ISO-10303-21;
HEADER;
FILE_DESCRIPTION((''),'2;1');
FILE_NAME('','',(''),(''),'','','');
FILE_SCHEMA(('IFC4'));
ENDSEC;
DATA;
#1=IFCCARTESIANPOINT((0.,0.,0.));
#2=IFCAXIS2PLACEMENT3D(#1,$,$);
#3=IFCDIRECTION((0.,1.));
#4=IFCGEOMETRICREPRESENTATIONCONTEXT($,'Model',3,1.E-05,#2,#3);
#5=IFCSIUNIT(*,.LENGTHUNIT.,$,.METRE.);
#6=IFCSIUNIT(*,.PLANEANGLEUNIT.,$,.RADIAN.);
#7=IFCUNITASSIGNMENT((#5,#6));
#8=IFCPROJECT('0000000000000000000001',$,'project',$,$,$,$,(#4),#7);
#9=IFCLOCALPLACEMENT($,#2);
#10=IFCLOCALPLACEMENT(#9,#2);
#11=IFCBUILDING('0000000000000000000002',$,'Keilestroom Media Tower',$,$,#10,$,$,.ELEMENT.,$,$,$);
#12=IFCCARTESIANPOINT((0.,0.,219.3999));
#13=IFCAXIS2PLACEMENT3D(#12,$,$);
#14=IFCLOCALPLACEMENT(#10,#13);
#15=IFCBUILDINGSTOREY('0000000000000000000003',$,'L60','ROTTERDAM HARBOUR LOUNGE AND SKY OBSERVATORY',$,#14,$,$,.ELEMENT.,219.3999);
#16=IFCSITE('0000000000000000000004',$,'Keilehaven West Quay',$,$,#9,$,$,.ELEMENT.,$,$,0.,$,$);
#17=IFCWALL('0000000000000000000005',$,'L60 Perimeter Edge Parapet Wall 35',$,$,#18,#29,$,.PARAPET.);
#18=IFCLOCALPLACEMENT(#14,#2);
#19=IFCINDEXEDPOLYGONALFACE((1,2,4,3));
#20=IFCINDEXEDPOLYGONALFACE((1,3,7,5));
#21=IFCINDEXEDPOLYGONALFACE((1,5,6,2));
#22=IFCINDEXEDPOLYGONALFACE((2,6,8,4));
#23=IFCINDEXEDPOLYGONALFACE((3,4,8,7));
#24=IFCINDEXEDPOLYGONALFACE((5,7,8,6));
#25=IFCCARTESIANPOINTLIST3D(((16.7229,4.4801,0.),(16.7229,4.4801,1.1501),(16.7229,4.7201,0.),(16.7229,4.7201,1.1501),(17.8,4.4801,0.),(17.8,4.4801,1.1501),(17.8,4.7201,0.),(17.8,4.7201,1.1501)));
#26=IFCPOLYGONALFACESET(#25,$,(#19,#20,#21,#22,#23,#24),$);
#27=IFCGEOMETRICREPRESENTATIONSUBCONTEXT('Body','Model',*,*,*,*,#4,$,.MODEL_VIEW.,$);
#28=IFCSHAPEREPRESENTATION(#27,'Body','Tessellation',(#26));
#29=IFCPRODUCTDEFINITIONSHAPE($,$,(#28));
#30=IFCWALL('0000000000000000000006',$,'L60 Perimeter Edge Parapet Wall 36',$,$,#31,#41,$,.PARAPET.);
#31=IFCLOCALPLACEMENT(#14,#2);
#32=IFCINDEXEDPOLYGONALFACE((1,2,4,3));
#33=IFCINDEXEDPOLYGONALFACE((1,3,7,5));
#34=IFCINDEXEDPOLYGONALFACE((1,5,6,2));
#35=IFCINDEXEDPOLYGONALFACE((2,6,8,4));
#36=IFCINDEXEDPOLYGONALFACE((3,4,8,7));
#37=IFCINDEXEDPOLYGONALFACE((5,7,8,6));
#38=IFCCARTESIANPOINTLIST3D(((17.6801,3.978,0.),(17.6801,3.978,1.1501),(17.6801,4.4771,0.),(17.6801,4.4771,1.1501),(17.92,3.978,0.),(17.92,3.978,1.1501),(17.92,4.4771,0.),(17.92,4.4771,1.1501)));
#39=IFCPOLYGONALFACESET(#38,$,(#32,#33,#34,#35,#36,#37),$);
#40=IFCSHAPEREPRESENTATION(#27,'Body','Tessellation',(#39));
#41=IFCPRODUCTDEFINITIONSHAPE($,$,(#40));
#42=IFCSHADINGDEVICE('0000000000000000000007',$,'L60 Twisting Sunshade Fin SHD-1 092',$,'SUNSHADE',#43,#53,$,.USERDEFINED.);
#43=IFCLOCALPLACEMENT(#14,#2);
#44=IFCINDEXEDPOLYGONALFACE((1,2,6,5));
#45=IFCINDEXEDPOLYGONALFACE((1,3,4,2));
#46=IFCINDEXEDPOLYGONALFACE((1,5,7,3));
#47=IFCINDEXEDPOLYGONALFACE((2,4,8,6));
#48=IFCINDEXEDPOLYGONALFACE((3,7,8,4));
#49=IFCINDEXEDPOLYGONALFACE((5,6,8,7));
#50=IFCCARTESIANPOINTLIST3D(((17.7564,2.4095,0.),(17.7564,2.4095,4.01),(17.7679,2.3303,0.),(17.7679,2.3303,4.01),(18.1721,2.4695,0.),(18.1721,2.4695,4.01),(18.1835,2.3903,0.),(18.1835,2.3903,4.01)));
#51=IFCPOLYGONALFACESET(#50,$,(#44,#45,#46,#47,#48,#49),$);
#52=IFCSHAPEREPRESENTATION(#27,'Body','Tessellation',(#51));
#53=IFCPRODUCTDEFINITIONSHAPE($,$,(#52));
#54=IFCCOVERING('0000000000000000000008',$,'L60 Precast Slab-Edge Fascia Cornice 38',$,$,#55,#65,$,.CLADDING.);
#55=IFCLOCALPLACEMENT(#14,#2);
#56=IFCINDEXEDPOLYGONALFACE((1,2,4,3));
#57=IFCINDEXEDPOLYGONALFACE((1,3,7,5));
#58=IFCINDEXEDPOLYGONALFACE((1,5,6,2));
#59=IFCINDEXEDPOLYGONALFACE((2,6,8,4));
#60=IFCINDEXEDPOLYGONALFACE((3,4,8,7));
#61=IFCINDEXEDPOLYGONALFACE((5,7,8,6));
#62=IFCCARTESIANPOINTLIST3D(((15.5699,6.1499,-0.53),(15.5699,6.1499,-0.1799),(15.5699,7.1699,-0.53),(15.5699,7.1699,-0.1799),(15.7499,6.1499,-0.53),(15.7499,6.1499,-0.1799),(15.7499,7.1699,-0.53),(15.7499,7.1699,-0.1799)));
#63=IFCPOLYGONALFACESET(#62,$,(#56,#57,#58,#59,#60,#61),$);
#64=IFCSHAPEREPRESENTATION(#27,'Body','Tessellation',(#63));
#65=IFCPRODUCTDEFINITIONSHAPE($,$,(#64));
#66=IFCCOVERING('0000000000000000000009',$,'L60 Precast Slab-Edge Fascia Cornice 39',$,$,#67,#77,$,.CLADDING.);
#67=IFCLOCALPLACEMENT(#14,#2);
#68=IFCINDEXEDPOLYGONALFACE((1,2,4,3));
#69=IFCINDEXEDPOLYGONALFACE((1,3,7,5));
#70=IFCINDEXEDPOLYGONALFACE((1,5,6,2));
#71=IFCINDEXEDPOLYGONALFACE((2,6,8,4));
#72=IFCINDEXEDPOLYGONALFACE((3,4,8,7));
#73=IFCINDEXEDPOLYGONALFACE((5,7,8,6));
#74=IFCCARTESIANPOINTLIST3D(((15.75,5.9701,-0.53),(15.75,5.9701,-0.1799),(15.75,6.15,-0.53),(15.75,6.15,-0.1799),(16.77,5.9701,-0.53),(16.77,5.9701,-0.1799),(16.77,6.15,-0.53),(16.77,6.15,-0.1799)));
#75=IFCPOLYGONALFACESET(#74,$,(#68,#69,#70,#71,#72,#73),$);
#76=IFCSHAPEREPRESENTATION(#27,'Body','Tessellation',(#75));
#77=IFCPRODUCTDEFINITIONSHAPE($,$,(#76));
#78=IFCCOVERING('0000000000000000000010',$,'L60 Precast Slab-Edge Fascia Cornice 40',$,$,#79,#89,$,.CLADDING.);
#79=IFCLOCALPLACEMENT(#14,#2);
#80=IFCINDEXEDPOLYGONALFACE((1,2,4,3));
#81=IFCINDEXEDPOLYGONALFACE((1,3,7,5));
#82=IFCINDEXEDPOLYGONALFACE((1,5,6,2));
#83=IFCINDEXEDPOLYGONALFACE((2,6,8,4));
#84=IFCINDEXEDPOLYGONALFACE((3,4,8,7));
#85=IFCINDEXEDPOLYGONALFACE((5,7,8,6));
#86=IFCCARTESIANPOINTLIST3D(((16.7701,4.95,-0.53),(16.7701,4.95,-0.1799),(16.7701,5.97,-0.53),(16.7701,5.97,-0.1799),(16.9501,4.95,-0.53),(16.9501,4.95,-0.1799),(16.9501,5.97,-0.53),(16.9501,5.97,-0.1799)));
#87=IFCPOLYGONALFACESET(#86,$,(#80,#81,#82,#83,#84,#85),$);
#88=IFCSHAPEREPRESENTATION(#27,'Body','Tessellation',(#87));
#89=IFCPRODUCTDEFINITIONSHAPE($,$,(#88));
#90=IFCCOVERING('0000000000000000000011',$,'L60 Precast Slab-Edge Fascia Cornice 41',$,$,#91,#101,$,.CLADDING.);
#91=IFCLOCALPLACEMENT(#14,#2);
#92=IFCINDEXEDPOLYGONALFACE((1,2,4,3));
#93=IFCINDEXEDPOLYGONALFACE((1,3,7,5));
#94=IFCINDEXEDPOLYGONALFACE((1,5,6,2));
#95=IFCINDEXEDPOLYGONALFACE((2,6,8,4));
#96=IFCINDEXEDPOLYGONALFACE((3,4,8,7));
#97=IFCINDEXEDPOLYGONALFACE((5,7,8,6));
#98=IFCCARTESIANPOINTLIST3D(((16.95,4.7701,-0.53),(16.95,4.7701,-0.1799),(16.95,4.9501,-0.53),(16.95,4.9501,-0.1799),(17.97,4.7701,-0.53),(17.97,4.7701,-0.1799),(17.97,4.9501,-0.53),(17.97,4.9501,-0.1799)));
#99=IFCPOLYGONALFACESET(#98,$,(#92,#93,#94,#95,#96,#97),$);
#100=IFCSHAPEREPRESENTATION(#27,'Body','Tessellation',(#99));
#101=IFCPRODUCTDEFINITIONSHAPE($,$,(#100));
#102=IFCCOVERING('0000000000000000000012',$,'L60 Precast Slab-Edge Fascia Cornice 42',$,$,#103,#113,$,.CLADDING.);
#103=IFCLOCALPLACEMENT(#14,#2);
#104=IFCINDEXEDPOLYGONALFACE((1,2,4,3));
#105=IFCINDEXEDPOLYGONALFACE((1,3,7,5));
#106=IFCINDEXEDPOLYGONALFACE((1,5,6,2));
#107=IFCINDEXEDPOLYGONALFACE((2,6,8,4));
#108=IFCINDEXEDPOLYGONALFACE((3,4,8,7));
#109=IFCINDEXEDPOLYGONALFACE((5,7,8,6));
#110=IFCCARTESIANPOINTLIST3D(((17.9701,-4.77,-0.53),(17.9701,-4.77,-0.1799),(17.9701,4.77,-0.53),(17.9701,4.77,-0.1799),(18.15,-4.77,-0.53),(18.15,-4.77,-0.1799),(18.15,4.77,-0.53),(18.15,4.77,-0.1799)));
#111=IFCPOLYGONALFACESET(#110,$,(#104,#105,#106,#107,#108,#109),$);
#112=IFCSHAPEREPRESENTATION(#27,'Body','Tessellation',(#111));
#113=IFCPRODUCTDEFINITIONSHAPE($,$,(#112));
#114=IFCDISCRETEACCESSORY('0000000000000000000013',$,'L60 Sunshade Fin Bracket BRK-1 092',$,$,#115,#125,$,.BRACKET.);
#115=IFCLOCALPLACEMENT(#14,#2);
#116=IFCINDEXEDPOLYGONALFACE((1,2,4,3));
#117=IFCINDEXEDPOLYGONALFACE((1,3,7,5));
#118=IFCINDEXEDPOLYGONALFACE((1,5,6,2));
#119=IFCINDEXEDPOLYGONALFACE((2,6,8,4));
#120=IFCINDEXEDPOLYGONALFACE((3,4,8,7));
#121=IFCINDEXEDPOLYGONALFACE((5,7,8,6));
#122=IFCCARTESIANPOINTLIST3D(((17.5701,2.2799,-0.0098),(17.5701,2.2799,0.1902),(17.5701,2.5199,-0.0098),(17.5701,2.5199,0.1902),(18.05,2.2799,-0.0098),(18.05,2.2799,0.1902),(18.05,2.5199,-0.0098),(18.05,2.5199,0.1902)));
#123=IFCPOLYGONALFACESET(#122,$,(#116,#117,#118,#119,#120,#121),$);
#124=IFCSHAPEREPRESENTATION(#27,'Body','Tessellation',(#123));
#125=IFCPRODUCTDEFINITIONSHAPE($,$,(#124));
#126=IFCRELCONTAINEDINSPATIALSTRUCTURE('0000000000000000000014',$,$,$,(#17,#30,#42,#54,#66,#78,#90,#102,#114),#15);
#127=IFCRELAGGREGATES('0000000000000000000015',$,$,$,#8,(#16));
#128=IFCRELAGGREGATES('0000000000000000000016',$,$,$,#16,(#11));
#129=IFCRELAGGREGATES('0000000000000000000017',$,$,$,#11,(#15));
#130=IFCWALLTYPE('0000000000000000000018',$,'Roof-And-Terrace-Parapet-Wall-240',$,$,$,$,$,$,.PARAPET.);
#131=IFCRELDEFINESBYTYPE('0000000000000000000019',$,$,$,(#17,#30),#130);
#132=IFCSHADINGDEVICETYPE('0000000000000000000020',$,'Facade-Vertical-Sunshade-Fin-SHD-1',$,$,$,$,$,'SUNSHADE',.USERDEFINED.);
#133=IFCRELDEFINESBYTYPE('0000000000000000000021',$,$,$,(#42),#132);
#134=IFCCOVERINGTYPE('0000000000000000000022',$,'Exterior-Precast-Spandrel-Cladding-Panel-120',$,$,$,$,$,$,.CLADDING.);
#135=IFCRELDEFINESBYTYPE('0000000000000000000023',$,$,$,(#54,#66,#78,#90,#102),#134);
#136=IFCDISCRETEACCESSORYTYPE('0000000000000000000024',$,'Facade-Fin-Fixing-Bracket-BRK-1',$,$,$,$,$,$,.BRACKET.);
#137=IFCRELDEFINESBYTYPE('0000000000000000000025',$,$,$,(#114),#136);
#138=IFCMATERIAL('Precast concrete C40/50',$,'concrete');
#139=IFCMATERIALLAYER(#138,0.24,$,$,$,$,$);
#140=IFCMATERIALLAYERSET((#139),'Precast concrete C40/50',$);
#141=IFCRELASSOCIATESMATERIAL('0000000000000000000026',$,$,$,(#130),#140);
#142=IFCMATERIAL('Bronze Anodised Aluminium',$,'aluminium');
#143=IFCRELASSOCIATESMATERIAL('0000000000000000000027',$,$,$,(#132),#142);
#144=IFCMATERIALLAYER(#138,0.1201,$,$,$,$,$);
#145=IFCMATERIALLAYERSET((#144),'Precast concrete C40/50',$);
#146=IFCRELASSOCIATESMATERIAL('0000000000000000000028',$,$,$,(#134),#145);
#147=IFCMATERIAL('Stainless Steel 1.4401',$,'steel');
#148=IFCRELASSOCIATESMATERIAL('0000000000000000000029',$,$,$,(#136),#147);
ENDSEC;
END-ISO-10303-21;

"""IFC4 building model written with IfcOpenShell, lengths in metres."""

from ifc_helpers import new_model, si_unit, direction, frame, frame_2d, origin, origin_2d, place, context, subcontext, project, spatial, rectangle, extrude, source, transform, mapped, material, layer, layer_set, type_object, element, save


model = new_model("IFC4")

# Units and contexts
model_context = context("Model", 3, precision=1e-05, world=origin(), true_north=direction((0.0, 1.0)))
body_context = subcontext(model_context, "Body", "Model", "MODEL_VIEW")
ifc_project = project(units=[si_unit("LENGTHUNIT", "METRE"), si_unit("PLANEANGLEUNIT", "RADIAN")], contexts=[model_context])

# Site, building, storey
site_placement = place(None, origin())
site = spatial("IfcSite", under=ifc_project, at=site_placement, Name="Keilehaven West Quay", CompositionType="ELEMENT", RefElevation=0.0)
building_placement = place(site_placement, origin())
building = spatial("IfcBuilding", under=site, at=building_placement, Name="Keilestroom Media Tower", CompositionType="ELEMENT")
storey_placement = place(building_placement, frame((0.0, 0.0, 219.3999)))
storey = spatial("IfcBuildingStorey", under=building, at=storey_placement, Name="L60", Description="ROTTERDAM HARBOUR LOUNGE AND SKY OBSERVATORY", CompositionType="ELEMENT", Elevation=219.3999)

# Shared definitions
ifc_material_1 = material(Name="Precast concrete C40/50", Category="concrete")

# Walls
ifc_layer_1 = layer(ifc_material_1, 0.24)
ifc_layer_set_1 = layer_set([ifc_layer_1], Name="Precast concrete C40/50")
wall_type = type_object("IfcWallType", Name="Roof-And-Terrace-Parapet-Wall-240", PredefinedType="PARAPET", material=ifc_layer_set_1)
wall_1_placement = place(storey_placement, frame((16.7229, 4.6001, 0.0), z_axis=(0.0, 0.0, 1.0), x_axis=(1.0, 0.0, 0.0)))
element("IfcWall", 1, at=wall_1_placement, inside=storey, type_object=wall_type, Name="L60 Perimeter Edge Parapet Wall 35", PredefinedType="PARAPET", context=body_context, shape_type="SweptSolid", body=[
    extrude(rectangle(XDim=1.0771, YDim=0.24, at=frame_2d((0.5386, 0.0))), origin(), (0.0, 0.0, 1.0), 1.1501),
])
wall_2_placement = place(storey_placement, frame((17.8, 4.4771, 0.0), z_axis=(0.0, 0.0, 1.0), x_axis=(0.0, -1.0, 0.0)))
element("IfcWall", 2, at=wall_2_placement, inside=storey, type_object=wall_type, Name="L60 Perimeter Edge Parapet Wall 36", PredefinedType="PARAPET", context=body_context, shape_type="SweptSolid", body=[
    extrude(rectangle(XDim=0.499, YDim=0.24, at=frame_2d((0.2495, 0.0))), origin(), (0.0, 0.0, 1.0), 1.1501),
])

# Shading device
ifc_material_2 = material(Name="Bronze Anodised Aluminium", Category="aluminium")
shading_device_type = type_object("IfcShadingDeviceType", Name="Facade-Vertical-Sunshade-Fin-SHD-1", ElementType="SUNSHADE", PredefinedType="USERDEFINED", material=ifc_material_2)
shared_shape_1 = source(origin(), body_context, "Body", "SweptSolid", [
    extrude(rectangle(XDim=0.4199, YDim=0.0801, at=origin_2d()), origin(), (0.0, 0.0, 1.0), 4.01),
])
shading_device_placement = place(storey_placement, frame((17.97, 2.3999, 0.0), z_axis=(0.0, 0.0, 1.0), x_axis=(0.989751, 0.142802, 0.0)))
element("IfcShadingDevice", 3, at=shading_device_placement, inside=storey, type_object=shading_device_type, Name="L60 Twisting Sunshade Fin SHD-1 092", ObjectType="SUNSHADE", PredefinedType="USERDEFINED", context=body_context, shape_type="MappedRepresentation", body=[
    mapped(shared_shape_1, transform((0.0, 0.0, 0.0), x_axis=(1.0, 0.0, 0.0), y_axis=(0.0, 1.0, 0.0), z_axis=(0.0, 0.0, 1.0), scale=1.0)),
])

# Coverings
ifc_layer_2 = layer(ifc_material_1, 0.1201)
ifc_layer_set_2 = layer_set([ifc_layer_2], Name="Precast concrete C40/50")
covering_type = type_object("IfcCoveringType", Name="Exterior-Precast-Spandrel-Cladding-Panel-120", PredefinedType="CLADDING", material=ifc_layer_set_2)
shared_shape_2 = source(origin(), body_context, "Body", "SweptSolid", [
    extrude(rectangle(XDim=1.02, YDim=0.1799, at=origin_2d()), origin(), (0.0, 0.0, 1.0), 0.3501),
])
for number, where, z_axis, x_axis, name in (
    (4, (15.6599, 6.6599, -0.53), (0.0, 0.0, 1.0), (0.0, -1.0, 0.0), "L60 Precast Slab-Edge Fascia Cornice 38"),
    (5, (16.26, 6.0601, -0.53), (0.0, 0.0, 1.0), (1.0, 0.0, 0.0), "L60 Precast Slab-Edge Fascia Cornice 39"),
    (6, (16.8601, 5.46, -0.53), (0.0, 0.0, 1.0), (0.0, -1.0, 0.0), "L60 Precast Slab-Edge Fascia Cornice 40"),
    (7, (17.46, 4.8601, -0.53), (0.0, 0.0, 1.0), (1.0, 0.0, 0.0), "L60 Precast Slab-Edge Fascia Cornice 41"),
):
    element("IfcCovering", number, at=place(storey_placement, frame(where, z_axis=z_axis, x_axis=x_axis)), inside=storey, type_object=covering_type, Name=name, PredefinedType="CLADDING", context=body_context, shape_type="MappedRepresentation", body=[
        mapped(shared_shape_2, transform((0.0, 0.0, 0.0), x_axis=(1.0, 0.0, 0.0), y_axis=(0.0, 1.0, 0.0), z_axis=(0.0, 0.0, 1.0), scale=1.0)),
    ])
shared_shape_3 = source(origin(), body_context, "Body", "SweptSolid", [
    extrude(rectangle(XDim=9.54, YDim=0.1799, at=origin_2d()), origin(), (0.0, 0.0, 1.0), 0.3501),
])
covering_placement = place(storey_placement, frame((18.0601, 0.0, -0.53), z_axis=(0.0, 0.0, 1.0), x_axis=(0.0, -1.0, 0.0)))
element("IfcCovering", 8, at=covering_placement, inside=storey, type_object=covering_type, Name="L60 Precast Slab-Edge Fascia Cornice 42", PredefinedType="CLADDING", context=body_context, shape_type="MappedRepresentation", body=[
    mapped(shared_shape_3, transform((0.0, 0.0, 0.0), x_axis=(1.0, 0.0, 0.0), y_axis=(0.0, 1.0, 0.0), z_axis=(0.0, 0.0, 1.0), scale=1.0)),
])

# Discrete accessory
ifc_material_3 = material(Name="Stainless Steel 1.4401", Category="steel")
discrete_accessory_type = type_object("IfcDiscreteAccessoryType", Name="Facade-Fin-Fixing-Bracket-BRK-1", PredefinedType="BRACKET", material=ifc_material_3)
shared_shape_4 = source(origin(), body_context, "Body", "SweptSolid", [
    extrude(rectangle(XDim=0.48, YDim=0.24, at=origin_2d()), origin(), (0.0, 0.0, 1.0), 0.2),
])
discrete_accessory_placement = place(storey_placement, frame((17.8101, 2.3999, -0.0098), z_axis=(0.0, 0.0, 1.0), x_axis=(1.0, 0.0, 0.0)))
element("IfcDiscreteAccessory", 9, at=discrete_accessory_placement, inside=storey, type_object=discrete_accessory_type, Name="L60 Sunshade Fin Bracket BRK-1 092", PredefinedType="BRACKET", context=body_context, shape_type="MappedRepresentation", body=[
    mapped(shared_shape_4, transform((0.0, 0.0, 0.0), x_axis=(1.0, 0.0, 0.0), y_axis=(0.0, 1.0, 0.0), z_axis=(0.0, 0.0, 1.0), scale=1.0)),
])

save(model, "model.ifc")
